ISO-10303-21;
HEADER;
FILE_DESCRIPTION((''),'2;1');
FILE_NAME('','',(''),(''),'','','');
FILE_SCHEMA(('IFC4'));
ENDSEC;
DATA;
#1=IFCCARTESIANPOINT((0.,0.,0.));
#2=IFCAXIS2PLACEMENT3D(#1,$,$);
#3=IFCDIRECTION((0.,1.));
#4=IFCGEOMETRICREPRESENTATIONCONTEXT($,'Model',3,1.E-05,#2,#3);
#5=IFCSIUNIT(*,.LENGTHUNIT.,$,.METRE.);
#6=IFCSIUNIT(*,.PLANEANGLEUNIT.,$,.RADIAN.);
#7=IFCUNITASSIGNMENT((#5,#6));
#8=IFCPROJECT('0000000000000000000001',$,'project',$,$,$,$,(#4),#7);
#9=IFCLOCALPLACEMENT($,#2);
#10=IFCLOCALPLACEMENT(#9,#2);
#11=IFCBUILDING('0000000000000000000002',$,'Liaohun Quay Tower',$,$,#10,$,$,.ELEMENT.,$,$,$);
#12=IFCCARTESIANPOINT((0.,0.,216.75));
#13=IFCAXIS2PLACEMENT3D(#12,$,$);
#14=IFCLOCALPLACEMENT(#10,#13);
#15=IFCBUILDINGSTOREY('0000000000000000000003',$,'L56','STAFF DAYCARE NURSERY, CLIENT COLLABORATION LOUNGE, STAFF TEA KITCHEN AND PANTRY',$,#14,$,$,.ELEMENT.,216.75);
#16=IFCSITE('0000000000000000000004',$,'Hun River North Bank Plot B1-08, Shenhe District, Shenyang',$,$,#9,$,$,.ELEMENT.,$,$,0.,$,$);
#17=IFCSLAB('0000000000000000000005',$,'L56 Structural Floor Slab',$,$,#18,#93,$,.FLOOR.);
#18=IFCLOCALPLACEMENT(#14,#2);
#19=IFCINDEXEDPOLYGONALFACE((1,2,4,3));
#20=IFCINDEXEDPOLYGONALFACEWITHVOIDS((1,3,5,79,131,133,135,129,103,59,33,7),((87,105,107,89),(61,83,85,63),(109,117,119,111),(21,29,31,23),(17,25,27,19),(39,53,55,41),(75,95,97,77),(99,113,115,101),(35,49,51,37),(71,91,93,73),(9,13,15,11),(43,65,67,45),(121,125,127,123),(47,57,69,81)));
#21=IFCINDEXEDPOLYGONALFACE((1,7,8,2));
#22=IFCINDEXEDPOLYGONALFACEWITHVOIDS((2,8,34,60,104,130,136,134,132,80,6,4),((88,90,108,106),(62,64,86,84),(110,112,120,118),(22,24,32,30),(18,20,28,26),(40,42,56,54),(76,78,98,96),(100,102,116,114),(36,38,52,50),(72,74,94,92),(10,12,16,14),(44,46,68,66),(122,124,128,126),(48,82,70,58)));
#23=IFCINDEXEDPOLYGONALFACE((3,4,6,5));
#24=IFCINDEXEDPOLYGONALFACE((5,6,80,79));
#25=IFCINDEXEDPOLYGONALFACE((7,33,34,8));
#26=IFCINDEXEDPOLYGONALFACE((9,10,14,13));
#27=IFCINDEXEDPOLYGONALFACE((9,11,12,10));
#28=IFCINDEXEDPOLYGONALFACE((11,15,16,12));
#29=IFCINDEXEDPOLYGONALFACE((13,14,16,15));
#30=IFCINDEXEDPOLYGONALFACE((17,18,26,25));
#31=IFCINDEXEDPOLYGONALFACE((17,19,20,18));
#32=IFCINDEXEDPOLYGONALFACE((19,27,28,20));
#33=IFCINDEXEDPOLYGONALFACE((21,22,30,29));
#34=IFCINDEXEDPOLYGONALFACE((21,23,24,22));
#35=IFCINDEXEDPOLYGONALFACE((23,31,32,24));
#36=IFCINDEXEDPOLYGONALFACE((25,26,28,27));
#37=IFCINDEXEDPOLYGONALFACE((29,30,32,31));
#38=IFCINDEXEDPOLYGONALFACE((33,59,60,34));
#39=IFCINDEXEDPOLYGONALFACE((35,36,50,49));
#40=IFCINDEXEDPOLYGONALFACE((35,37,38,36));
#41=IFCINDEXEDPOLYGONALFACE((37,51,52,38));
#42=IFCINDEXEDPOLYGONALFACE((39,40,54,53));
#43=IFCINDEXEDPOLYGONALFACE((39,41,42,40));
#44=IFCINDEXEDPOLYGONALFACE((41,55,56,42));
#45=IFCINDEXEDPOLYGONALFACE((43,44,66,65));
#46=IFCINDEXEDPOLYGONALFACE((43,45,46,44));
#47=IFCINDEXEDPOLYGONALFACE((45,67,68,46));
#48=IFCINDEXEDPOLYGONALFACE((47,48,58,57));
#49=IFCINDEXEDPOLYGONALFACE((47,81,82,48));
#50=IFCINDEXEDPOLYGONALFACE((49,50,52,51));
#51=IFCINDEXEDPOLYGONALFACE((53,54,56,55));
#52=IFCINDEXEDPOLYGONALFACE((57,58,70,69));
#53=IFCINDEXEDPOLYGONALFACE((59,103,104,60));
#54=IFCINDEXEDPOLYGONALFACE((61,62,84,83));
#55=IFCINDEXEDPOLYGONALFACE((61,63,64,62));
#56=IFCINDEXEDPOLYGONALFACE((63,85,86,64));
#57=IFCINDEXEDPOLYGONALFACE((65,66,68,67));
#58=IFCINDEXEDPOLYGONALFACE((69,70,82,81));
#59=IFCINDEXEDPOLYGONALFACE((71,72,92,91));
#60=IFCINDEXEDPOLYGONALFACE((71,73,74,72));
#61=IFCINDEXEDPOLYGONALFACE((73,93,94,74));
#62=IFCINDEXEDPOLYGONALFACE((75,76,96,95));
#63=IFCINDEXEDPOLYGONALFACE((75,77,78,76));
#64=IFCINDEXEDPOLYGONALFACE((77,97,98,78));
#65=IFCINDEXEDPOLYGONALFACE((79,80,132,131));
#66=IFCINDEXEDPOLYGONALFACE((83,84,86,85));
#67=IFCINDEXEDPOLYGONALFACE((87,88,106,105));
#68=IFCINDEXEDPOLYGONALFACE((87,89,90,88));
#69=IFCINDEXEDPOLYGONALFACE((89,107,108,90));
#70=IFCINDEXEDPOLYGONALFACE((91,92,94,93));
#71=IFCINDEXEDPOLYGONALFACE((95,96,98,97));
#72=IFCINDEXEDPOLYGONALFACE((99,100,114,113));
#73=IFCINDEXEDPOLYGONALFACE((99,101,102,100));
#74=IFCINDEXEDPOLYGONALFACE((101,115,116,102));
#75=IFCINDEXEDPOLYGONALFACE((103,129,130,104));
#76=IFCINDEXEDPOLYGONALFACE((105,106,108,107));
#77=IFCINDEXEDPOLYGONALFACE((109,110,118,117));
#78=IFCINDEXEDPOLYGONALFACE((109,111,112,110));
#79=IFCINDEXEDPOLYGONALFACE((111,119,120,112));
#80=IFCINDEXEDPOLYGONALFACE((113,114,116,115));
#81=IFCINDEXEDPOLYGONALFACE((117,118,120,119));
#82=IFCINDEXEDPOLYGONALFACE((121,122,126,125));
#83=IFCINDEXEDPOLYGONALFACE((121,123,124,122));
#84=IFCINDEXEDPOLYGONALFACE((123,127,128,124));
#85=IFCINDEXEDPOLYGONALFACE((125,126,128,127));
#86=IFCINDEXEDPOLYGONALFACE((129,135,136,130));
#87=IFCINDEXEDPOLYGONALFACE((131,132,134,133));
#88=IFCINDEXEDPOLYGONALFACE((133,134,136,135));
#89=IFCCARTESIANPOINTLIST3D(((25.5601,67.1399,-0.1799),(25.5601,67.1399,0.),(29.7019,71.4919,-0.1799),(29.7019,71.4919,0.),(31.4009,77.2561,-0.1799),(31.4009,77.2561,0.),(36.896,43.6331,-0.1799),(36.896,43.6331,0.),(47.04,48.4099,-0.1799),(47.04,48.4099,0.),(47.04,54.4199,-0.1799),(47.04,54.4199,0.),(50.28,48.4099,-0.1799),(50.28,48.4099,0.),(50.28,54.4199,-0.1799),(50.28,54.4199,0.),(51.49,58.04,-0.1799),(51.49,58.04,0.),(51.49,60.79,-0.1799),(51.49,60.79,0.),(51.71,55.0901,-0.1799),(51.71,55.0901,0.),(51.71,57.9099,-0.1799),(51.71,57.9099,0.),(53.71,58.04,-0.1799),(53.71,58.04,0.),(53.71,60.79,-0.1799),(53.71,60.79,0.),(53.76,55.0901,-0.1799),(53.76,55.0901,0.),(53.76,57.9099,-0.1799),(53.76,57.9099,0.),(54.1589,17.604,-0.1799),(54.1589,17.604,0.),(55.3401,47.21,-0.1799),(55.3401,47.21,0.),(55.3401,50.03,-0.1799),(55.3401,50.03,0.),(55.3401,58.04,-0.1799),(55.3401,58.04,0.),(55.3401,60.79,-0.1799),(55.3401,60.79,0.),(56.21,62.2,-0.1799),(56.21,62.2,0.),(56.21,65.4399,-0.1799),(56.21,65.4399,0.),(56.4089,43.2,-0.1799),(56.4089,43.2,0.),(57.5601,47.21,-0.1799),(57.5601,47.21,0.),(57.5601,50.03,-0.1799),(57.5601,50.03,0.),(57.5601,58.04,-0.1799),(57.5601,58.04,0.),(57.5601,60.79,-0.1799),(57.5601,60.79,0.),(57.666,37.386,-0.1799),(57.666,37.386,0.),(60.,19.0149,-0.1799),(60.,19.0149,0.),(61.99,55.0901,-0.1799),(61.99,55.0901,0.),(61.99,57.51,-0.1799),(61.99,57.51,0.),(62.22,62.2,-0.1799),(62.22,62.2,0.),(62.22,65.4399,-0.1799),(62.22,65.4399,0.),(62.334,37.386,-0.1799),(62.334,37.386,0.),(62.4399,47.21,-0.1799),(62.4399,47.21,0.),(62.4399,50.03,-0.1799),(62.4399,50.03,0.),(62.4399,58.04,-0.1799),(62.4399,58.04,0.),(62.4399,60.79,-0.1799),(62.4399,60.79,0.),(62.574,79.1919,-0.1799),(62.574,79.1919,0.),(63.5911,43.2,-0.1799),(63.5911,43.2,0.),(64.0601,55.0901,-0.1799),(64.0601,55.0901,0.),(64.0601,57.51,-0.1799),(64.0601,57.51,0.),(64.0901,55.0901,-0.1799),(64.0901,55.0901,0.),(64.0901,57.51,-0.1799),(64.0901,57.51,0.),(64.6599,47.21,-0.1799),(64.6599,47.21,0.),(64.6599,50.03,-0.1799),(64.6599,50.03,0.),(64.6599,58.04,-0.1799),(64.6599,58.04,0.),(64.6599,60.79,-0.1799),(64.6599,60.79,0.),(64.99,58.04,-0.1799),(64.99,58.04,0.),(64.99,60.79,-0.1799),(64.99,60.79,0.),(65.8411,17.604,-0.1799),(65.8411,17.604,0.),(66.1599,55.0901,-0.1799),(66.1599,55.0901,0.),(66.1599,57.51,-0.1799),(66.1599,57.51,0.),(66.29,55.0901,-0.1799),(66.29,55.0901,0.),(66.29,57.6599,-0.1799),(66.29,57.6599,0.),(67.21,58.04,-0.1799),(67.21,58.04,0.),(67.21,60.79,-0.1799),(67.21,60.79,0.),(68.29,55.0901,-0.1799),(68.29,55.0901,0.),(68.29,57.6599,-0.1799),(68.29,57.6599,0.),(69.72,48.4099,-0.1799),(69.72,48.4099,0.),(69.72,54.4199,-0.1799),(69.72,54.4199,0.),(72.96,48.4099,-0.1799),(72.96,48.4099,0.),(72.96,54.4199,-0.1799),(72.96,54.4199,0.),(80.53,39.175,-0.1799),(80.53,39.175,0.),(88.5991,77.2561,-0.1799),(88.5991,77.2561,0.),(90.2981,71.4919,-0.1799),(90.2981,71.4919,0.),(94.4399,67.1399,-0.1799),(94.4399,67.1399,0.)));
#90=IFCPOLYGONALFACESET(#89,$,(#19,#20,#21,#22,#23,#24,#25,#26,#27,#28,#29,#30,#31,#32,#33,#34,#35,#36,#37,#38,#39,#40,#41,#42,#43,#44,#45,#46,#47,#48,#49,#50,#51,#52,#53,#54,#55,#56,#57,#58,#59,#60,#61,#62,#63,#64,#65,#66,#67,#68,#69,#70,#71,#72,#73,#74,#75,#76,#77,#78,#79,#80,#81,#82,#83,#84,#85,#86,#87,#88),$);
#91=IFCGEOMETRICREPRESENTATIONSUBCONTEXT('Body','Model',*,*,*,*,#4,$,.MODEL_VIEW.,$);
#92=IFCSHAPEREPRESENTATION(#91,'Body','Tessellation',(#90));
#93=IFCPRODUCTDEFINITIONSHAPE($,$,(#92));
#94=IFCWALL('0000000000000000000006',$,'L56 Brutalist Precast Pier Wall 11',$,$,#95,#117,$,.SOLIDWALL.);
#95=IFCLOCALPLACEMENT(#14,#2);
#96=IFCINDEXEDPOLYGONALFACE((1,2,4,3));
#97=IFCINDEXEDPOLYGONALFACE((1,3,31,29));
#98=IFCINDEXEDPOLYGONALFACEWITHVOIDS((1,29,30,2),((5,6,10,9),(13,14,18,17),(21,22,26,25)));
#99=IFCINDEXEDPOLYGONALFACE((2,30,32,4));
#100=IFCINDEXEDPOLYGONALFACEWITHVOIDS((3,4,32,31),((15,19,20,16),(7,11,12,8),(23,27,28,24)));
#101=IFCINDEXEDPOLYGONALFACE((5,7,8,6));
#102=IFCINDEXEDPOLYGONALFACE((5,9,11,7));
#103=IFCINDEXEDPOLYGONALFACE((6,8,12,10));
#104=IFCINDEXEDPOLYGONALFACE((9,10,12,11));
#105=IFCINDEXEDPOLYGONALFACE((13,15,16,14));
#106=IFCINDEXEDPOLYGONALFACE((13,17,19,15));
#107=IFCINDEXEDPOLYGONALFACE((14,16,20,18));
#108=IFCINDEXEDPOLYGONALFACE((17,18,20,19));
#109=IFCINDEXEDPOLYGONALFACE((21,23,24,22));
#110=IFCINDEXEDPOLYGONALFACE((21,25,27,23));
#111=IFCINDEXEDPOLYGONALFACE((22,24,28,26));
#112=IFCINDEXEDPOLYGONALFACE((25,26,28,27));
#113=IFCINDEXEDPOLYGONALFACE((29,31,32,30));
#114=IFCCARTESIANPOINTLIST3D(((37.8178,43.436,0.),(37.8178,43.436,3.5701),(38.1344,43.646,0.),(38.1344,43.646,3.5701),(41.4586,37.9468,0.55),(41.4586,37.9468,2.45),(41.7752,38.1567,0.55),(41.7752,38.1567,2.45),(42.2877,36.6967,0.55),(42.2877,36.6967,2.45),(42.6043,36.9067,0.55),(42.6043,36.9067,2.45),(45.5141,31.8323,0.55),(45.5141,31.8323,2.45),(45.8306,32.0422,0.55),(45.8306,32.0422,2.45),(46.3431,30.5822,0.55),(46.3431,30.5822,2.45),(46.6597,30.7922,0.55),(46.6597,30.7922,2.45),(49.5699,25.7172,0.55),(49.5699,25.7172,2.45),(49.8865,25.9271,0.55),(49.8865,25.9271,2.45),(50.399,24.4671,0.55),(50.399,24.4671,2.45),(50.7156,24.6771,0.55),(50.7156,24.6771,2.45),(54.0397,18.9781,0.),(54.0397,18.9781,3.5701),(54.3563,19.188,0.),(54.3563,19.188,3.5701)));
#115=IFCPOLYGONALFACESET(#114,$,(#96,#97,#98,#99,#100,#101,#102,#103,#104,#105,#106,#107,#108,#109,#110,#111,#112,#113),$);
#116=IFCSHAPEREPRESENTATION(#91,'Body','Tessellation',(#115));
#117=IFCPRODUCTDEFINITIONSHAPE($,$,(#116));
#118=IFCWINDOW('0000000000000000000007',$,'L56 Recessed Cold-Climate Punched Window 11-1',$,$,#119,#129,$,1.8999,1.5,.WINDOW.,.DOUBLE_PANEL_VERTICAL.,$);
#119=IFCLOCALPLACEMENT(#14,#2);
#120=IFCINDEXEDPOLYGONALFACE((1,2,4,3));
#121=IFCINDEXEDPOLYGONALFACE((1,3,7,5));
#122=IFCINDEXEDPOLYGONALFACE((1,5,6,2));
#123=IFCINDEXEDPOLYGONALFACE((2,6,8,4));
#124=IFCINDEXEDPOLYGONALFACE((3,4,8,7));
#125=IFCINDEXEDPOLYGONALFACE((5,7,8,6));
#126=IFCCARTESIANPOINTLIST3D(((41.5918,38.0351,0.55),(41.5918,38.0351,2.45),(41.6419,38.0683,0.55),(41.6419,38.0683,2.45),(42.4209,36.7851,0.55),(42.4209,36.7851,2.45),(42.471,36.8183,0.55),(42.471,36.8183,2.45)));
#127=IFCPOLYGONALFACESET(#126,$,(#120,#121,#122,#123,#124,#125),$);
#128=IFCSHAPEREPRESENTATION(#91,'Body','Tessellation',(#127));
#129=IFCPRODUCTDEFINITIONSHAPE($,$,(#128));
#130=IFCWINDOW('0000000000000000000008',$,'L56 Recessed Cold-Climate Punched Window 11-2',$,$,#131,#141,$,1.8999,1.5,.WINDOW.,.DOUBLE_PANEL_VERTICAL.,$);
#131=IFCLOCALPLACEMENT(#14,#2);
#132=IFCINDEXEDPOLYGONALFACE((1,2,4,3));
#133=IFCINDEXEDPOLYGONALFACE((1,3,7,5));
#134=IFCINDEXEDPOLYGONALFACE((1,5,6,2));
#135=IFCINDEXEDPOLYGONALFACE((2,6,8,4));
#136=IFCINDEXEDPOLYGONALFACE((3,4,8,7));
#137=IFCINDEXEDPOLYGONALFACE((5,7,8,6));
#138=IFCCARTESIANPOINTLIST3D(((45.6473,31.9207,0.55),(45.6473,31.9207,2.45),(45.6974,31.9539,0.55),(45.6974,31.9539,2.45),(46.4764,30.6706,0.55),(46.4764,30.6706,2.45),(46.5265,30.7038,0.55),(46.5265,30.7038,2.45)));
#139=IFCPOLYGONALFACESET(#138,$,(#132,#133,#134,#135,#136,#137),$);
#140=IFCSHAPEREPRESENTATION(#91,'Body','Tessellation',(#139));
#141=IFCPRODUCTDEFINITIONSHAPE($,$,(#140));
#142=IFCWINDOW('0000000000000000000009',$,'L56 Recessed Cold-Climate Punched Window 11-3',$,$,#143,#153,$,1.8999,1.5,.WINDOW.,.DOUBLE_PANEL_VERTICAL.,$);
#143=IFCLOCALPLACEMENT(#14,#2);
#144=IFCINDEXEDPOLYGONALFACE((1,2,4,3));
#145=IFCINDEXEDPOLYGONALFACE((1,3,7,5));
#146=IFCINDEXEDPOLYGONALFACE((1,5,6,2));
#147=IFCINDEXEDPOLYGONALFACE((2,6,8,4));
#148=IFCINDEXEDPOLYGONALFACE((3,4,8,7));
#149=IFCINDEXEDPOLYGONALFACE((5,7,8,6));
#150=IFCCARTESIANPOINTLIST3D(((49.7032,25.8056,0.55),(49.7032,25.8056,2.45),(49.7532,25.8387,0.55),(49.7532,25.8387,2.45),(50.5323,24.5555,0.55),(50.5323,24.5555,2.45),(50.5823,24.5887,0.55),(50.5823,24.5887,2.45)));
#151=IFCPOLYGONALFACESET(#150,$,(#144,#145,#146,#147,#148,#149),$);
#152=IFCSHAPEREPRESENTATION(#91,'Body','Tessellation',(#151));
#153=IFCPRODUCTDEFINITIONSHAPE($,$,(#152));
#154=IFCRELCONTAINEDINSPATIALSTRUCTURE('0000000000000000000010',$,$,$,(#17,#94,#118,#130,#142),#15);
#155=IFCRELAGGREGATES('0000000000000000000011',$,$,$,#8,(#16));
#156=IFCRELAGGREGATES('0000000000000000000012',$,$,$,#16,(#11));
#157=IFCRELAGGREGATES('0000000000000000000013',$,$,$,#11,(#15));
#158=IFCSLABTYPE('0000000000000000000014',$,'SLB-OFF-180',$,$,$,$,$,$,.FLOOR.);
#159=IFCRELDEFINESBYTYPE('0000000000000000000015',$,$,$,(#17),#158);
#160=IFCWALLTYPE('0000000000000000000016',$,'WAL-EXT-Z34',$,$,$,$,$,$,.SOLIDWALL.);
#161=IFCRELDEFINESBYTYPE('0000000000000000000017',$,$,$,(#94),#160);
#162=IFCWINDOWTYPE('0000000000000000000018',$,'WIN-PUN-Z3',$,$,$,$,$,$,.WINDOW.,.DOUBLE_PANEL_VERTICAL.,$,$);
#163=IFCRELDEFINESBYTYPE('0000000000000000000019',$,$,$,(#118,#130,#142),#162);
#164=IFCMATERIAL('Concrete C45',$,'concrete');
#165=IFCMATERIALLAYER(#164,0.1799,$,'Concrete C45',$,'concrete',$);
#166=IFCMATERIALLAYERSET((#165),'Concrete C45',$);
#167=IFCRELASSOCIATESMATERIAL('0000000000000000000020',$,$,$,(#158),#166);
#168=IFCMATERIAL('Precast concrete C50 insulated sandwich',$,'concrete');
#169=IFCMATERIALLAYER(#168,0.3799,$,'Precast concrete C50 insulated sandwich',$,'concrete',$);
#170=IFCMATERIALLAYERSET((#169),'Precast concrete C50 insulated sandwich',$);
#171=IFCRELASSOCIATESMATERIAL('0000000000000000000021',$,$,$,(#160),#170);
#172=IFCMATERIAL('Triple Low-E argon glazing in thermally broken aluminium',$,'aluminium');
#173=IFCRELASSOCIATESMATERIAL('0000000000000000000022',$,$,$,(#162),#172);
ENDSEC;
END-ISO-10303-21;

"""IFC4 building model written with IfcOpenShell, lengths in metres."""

from ifc_helpers import new_model, si_unit, direction, frame, frame_2d, origin, place, context, subcontext, project, spatial, polyline, rectangle, outline, extrude, source, transform, mapped, material, layer, layer_set, type_object, element, fill, save


model = new_model("IFC4")

# Units and contexts
model_context = context("Model", 3, precision=1e-05, world=origin(), true_north=direction((0.0, 1.0)))
body_context = subcontext(model_context, "Body", "Model", "MODEL_VIEW")
ifc_project = project(units=[si_unit("LENGTHUNIT", "METRE"), si_unit("PLANEANGLEUNIT", "RADIAN")], contexts=[model_context])

# Site, building, storey
site_placement = place(None, origin())
site = spatial("IfcSite", under=ifc_project, at=site_placement, Name="Hun River North Bank Plot B1-08, Shenhe District, Shenyang", CompositionType="ELEMENT", RefElevation=0.0)
building_placement = place(site_placement, origin())
building = spatial("IfcBuilding", under=site, at=building_placement, Name="Liaohun Quay Tower", CompositionType="ELEMENT")
storey_placement = place(building_placement, frame((0.0, 0.0, 216.75)))
storey = spatial("IfcBuildingStorey", under=building, at=storey_placement, Name="L56", Description="STAFF DAYCARE NURSERY, CLIENT COLLABORATION LOUNGE, STAFF TEA KITCHEN AND PANTRY", CompositionType="ELEMENT", Elevation=216.75)

# Shared definitions
ifc_material_1 = material(Name="Concrete C45", Category="concrete")

# Slab
ifc_layer_1 = layer(ifc_material_1, 0.1799, Name="Concrete C45", Category="concrete")
ifc_layer_set_1 = layer_set([ifc_layer_1], Name="Concrete C45")
slab_type_1 = type_object("IfcSlabType", Name="SLB-OFF-180", PredefinedType="FLOOR", material=ifc_layer_set_1)
slab_1_placement = place(storey_placement, frame((0.0, 0.0, -0.1799)))
element("IfcSlab", 1, at=slab_1_placement, inside=storey, type_object=slab_type_1, Name="L56 Structural Floor Slab", PredefinedType="FLOOR", context=body_context, shape_type="SweptSolid", body=[
    extrude(outline(polyline([(54.1589, 17.604), (60.0, 19.0149), (65.8411, 17.604), (80.53, 39.175), (94.4399, 67.1399), (90.2981, 71.4919), (88.5991, 77.2561), (62.574, 79.1919), (31.4009, 77.2561), (29.7019, 71.4919), (25.5601, 67.1399), (36.896, 43.6331), (54.1589, 17.604)]), holes=[polyline([(63.5911, 43.2), (56.4089, 43.2), (57.666, 37.386), (62.334, 37.386), (63.5911, 43.2)]), polyline([(57.5601, 47.21), (57.5601, 50.03), (55.3401, 50.03), (55.3401, 47.21), (57.5601, 47.21)]), polyline([(50.28, 54.4199), (47.04, 54.4199), (47.04, 48.4099), (50.28, 48.4099), (50.28, 54.4199)]), polyline([(53.76, 55.0901), (53.76, 57.9099), (51.71, 57.9099), (51.71, 55.0901), (53.76, 55.0901)]), polyline([(53.71, 58.04), (53.71, 60.79), (51.49, 60.79), (51.49, 58.04), (53.71, 58.04)]), polyline([(57.5601, 58.04), (57.5601, 60.79), (55.3401, 60.79), (55.3401, 58.04), (57.5601, 58.04)]), polyline([(62.22, 62.2), (62.22, 65.4399), (56.21, 65.4399), (56.21, 62.2), (62.22, 62.2)]), polyline([(64.6599, 50.03), (62.4399, 50.03), (62.4399, 47.21), (64.6599, 47.21), (64.6599, 50.03)]), polyline([(72.96, 54.4199), (69.72, 54.4199), (69.72, 48.4099), (72.96, 48.4099), (72.96, 54.4199)]), polyline([(64.0601, 55.0901), (64.0601, 57.51), (61.99, 57.51), (61.99, 55.0901), (64.0601, 55.0901)]), polyline([(66.1599, 55.0901), (66.1599, 57.51), (64.0901, 57.51), (64.0901, 55.0901), (66.1599, 55.0901)]), polyline([(68.29, 55.0901), (68.29, 57.6599), (66.29, 57.6599), (66.29, 55.0901), (68.29, 55.0901)]), polyline([(64.6599, 58.04), (64.6599, 60.79), (62.4399, 60.79), (62.4399, 58.04), (64.6599, 58.04)]), polyline([(67.21, 58.04), (67.21, 60.79), (64.99, 60.79), (64.99, 58.04), (67.21, 58.04)])]), origin(), (0.0, 0.0, 1.0), 0.1799),
])

# Wall, openings, windows
ifc_material_2 = material(Name="Precast concrete C50 insulated sandwich", Category="concrete")
ifc_layer_2 = layer(ifc_material_2, 0.3799, Name="Precast concrete C50 insulated sandwich", Category="concrete")
ifc_layer_set_2 = layer_set([ifc_layer_2], Name="Precast concrete C50 insulated sandwich")
wall_type_1 = type_object("IfcWallType", Name="WAL-EXT-Z34", PredefinedType="SOLIDWALL", material=ifc_layer_set_2)
wall_1_placement = place(storey_placement, frame((37.9761, 43.541, 0.0), z_axis=(0.0, 0.0, 1.0), x_axis=(0.552731, -0.83336, 0.0)))
wall_1 = element("IfcWall", 2, at=wall_1_placement, inside=storey, type_object=wall_type_1, Name="L56 Brutalist Precast Pier Wall 11", PredefinedType="SOLIDWALL", context=body_context, shape_type="SweptSolid", body=[
    extrude(rectangle(XDim=29.3486, YDim=0.3799, at=frame_2d((14.6743, 0.0))), origin(), (0.0, 0.0, 1.0), 3.5701),
])
shared_shape_1 = source(origin(), body_context, "Body", "SweptSolid", [
    extrude(rectangle(XDim=1.5, YDim=1.8999, at=frame_2d((0.75, 0.95))), frame((0.0, 0.2, 0.0), z_axis=(0.0, -1.0, 0.0), x_axis=(1.0, 0.0, 0.0)), (0.0, 0.0, 1.0), 0.3999),
])
opening_1_placement = place(wall_1_placement, frame((6.5869, 0.0, 0.55)))
opening_1 = element("IfcOpeningElement", 3, at=opening_1_placement, cuts=wall_1, PredefinedType="OPENING", context=body_context, shape_type="MappedRepresentation", body=[
    mapped(shared_shape_1, transform((0.0, 0.0, 0.0), x_axis=(1.0, 0.0, 0.0), y_axis=(0.0, 1.0, 0.0), z_axis=(0.0, 0.0, 1.0), scale=1.0)),
])
opening_2_placement = place(wall_1_placement, frame((13.9241, 0.0, 0.55)))
opening_2 = element("IfcOpeningElement", 4, at=opening_2_placement, cuts=wall_1, PredefinedType="OPENING", context=body_context, shape_type="MappedRepresentation", body=[
    mapped(shared_shape_1, transform((0.0, 0.0, 0.0), x_axis=(1.0, 0.0, 0.0), y_axis=(0.0, 1.0, 0.0), z_axis=(0.0, 0.0, 1.0), scale=1.0)),
])
opening_3_placement = place(wall_1_placement, frame((21.262, 0.0, 0.55)))
opening_3 = element("IfcOpeningElement", 5, at=opening_3_placement, cuts=wall_1, PredefinedType="OPENING", context=body_context, shape_type="MappedRepresentation", body=[
    mapped(shared_shape_1, transform((0.0, 0.0, 0.0), x_axis=(1.0, 0.0, 0.0), y_axis=(0.0, 1.0, 0.0), z_axis=(0.0, 0.0, 1.0), scale=1.0)),
])
ifc_material_3 = material(Name="Triple Low-E argon glazing in thermally broken aluminium", Category="aluminium")
window_type = type_object("IfcWindowType", Name="WIN-PUN-Z3", PartitioningType="DOUBLE_PANEL_VERTICAL", PredefinedType="WINDOW", material=ifc_material_3)
shared_shape_2 = source(origin(), body_context, "Body", "SweptSolid", [
    extrude(rectangle(XDim=1.5, YDim=1.8999, at=frame_2d((0.75, 0.95))), frame((0.0, 0.03, 0.0), z_axis=(0.0, -1.0, 0.0), x_axis=(1.0, 0.0, 0.0)), (0.0, 0.0, 1.0), 0.0601),
])
window_1_placement = place(opening_1_placement, origin())
window_1 = element("IfcWindow", 6, at=window_1_placement, inside=storey, type_object=window_type, Name="L56 Recessed Cold-Climate Punched Window 11-1", OverallHeight=1.8999, OverallWidth=1.5, PartitioningType="DOUBLE_PANEL_VERTICAL", PredefinedType="WINDOW", context=body_context, shape_type="MappedRepresentation", body=[
    mapped(shared_shape_2, transform((0.0, 0.0, 0.0), x_axis=(1.0, 0.0, 0.0), y_axis=(0.0, 1.0, 0.0), z_axis=(0.0, 0.0, 1.0), scale=1.0)),
])
fill(opening_1, window_1)
window_2_placement = place(opening_2_placement, origin())
window_2 = element("IfcWindow", 7, at=window_2_placement, inside=storey, type_object=window_type, Name="L56 Recessed Cold-Climate Punched Window 11-2", OverallHeight=1.8999, OverallWidth=1.5, PartitioningType="DOUBLE_PANEL_VERTICAL", PredefinedType="WINDOW", context=body_context, shape_type="MappedRepresentation", body=[
    mapped(shared_shape_2, transform((0.0, 0.0, 0.0), x_axis=(1.0, 0.0, 0.0), y_axis=(0.0, 1.0, 0.0), z_axis=(0.0, 0.0, 1.0), scale=1.0)),
])
fill(opening_2, window_2)
window_3_placement = place(opening_3_placement, origin())
window_3 = element("IfcWindow", 8, at=window_3_placement, inside=storey, type_object=window_type, Name="L56 Recessed Cold-Climate Punched Window 11-3", OverallHeight=1.8999, OverallWidth=1.5, PartitioningType="DOUBLE_PANEL_VERTICAL", PredefinedType="WINDOW", context=body_context, shape_type="MappedRepresentation", body=[
    mapped(shared_shape_2, transform((0.0, 0.0, 0.0), x_axis=(1.0, 0.0, 0.0), y_axis=(0.0, 1.0, 0.0), z_axis=(0.0, 0.0, 1.0), scale=1.0)),
])
fill(opening_3, window_3)

save(model, "model.ifc")
